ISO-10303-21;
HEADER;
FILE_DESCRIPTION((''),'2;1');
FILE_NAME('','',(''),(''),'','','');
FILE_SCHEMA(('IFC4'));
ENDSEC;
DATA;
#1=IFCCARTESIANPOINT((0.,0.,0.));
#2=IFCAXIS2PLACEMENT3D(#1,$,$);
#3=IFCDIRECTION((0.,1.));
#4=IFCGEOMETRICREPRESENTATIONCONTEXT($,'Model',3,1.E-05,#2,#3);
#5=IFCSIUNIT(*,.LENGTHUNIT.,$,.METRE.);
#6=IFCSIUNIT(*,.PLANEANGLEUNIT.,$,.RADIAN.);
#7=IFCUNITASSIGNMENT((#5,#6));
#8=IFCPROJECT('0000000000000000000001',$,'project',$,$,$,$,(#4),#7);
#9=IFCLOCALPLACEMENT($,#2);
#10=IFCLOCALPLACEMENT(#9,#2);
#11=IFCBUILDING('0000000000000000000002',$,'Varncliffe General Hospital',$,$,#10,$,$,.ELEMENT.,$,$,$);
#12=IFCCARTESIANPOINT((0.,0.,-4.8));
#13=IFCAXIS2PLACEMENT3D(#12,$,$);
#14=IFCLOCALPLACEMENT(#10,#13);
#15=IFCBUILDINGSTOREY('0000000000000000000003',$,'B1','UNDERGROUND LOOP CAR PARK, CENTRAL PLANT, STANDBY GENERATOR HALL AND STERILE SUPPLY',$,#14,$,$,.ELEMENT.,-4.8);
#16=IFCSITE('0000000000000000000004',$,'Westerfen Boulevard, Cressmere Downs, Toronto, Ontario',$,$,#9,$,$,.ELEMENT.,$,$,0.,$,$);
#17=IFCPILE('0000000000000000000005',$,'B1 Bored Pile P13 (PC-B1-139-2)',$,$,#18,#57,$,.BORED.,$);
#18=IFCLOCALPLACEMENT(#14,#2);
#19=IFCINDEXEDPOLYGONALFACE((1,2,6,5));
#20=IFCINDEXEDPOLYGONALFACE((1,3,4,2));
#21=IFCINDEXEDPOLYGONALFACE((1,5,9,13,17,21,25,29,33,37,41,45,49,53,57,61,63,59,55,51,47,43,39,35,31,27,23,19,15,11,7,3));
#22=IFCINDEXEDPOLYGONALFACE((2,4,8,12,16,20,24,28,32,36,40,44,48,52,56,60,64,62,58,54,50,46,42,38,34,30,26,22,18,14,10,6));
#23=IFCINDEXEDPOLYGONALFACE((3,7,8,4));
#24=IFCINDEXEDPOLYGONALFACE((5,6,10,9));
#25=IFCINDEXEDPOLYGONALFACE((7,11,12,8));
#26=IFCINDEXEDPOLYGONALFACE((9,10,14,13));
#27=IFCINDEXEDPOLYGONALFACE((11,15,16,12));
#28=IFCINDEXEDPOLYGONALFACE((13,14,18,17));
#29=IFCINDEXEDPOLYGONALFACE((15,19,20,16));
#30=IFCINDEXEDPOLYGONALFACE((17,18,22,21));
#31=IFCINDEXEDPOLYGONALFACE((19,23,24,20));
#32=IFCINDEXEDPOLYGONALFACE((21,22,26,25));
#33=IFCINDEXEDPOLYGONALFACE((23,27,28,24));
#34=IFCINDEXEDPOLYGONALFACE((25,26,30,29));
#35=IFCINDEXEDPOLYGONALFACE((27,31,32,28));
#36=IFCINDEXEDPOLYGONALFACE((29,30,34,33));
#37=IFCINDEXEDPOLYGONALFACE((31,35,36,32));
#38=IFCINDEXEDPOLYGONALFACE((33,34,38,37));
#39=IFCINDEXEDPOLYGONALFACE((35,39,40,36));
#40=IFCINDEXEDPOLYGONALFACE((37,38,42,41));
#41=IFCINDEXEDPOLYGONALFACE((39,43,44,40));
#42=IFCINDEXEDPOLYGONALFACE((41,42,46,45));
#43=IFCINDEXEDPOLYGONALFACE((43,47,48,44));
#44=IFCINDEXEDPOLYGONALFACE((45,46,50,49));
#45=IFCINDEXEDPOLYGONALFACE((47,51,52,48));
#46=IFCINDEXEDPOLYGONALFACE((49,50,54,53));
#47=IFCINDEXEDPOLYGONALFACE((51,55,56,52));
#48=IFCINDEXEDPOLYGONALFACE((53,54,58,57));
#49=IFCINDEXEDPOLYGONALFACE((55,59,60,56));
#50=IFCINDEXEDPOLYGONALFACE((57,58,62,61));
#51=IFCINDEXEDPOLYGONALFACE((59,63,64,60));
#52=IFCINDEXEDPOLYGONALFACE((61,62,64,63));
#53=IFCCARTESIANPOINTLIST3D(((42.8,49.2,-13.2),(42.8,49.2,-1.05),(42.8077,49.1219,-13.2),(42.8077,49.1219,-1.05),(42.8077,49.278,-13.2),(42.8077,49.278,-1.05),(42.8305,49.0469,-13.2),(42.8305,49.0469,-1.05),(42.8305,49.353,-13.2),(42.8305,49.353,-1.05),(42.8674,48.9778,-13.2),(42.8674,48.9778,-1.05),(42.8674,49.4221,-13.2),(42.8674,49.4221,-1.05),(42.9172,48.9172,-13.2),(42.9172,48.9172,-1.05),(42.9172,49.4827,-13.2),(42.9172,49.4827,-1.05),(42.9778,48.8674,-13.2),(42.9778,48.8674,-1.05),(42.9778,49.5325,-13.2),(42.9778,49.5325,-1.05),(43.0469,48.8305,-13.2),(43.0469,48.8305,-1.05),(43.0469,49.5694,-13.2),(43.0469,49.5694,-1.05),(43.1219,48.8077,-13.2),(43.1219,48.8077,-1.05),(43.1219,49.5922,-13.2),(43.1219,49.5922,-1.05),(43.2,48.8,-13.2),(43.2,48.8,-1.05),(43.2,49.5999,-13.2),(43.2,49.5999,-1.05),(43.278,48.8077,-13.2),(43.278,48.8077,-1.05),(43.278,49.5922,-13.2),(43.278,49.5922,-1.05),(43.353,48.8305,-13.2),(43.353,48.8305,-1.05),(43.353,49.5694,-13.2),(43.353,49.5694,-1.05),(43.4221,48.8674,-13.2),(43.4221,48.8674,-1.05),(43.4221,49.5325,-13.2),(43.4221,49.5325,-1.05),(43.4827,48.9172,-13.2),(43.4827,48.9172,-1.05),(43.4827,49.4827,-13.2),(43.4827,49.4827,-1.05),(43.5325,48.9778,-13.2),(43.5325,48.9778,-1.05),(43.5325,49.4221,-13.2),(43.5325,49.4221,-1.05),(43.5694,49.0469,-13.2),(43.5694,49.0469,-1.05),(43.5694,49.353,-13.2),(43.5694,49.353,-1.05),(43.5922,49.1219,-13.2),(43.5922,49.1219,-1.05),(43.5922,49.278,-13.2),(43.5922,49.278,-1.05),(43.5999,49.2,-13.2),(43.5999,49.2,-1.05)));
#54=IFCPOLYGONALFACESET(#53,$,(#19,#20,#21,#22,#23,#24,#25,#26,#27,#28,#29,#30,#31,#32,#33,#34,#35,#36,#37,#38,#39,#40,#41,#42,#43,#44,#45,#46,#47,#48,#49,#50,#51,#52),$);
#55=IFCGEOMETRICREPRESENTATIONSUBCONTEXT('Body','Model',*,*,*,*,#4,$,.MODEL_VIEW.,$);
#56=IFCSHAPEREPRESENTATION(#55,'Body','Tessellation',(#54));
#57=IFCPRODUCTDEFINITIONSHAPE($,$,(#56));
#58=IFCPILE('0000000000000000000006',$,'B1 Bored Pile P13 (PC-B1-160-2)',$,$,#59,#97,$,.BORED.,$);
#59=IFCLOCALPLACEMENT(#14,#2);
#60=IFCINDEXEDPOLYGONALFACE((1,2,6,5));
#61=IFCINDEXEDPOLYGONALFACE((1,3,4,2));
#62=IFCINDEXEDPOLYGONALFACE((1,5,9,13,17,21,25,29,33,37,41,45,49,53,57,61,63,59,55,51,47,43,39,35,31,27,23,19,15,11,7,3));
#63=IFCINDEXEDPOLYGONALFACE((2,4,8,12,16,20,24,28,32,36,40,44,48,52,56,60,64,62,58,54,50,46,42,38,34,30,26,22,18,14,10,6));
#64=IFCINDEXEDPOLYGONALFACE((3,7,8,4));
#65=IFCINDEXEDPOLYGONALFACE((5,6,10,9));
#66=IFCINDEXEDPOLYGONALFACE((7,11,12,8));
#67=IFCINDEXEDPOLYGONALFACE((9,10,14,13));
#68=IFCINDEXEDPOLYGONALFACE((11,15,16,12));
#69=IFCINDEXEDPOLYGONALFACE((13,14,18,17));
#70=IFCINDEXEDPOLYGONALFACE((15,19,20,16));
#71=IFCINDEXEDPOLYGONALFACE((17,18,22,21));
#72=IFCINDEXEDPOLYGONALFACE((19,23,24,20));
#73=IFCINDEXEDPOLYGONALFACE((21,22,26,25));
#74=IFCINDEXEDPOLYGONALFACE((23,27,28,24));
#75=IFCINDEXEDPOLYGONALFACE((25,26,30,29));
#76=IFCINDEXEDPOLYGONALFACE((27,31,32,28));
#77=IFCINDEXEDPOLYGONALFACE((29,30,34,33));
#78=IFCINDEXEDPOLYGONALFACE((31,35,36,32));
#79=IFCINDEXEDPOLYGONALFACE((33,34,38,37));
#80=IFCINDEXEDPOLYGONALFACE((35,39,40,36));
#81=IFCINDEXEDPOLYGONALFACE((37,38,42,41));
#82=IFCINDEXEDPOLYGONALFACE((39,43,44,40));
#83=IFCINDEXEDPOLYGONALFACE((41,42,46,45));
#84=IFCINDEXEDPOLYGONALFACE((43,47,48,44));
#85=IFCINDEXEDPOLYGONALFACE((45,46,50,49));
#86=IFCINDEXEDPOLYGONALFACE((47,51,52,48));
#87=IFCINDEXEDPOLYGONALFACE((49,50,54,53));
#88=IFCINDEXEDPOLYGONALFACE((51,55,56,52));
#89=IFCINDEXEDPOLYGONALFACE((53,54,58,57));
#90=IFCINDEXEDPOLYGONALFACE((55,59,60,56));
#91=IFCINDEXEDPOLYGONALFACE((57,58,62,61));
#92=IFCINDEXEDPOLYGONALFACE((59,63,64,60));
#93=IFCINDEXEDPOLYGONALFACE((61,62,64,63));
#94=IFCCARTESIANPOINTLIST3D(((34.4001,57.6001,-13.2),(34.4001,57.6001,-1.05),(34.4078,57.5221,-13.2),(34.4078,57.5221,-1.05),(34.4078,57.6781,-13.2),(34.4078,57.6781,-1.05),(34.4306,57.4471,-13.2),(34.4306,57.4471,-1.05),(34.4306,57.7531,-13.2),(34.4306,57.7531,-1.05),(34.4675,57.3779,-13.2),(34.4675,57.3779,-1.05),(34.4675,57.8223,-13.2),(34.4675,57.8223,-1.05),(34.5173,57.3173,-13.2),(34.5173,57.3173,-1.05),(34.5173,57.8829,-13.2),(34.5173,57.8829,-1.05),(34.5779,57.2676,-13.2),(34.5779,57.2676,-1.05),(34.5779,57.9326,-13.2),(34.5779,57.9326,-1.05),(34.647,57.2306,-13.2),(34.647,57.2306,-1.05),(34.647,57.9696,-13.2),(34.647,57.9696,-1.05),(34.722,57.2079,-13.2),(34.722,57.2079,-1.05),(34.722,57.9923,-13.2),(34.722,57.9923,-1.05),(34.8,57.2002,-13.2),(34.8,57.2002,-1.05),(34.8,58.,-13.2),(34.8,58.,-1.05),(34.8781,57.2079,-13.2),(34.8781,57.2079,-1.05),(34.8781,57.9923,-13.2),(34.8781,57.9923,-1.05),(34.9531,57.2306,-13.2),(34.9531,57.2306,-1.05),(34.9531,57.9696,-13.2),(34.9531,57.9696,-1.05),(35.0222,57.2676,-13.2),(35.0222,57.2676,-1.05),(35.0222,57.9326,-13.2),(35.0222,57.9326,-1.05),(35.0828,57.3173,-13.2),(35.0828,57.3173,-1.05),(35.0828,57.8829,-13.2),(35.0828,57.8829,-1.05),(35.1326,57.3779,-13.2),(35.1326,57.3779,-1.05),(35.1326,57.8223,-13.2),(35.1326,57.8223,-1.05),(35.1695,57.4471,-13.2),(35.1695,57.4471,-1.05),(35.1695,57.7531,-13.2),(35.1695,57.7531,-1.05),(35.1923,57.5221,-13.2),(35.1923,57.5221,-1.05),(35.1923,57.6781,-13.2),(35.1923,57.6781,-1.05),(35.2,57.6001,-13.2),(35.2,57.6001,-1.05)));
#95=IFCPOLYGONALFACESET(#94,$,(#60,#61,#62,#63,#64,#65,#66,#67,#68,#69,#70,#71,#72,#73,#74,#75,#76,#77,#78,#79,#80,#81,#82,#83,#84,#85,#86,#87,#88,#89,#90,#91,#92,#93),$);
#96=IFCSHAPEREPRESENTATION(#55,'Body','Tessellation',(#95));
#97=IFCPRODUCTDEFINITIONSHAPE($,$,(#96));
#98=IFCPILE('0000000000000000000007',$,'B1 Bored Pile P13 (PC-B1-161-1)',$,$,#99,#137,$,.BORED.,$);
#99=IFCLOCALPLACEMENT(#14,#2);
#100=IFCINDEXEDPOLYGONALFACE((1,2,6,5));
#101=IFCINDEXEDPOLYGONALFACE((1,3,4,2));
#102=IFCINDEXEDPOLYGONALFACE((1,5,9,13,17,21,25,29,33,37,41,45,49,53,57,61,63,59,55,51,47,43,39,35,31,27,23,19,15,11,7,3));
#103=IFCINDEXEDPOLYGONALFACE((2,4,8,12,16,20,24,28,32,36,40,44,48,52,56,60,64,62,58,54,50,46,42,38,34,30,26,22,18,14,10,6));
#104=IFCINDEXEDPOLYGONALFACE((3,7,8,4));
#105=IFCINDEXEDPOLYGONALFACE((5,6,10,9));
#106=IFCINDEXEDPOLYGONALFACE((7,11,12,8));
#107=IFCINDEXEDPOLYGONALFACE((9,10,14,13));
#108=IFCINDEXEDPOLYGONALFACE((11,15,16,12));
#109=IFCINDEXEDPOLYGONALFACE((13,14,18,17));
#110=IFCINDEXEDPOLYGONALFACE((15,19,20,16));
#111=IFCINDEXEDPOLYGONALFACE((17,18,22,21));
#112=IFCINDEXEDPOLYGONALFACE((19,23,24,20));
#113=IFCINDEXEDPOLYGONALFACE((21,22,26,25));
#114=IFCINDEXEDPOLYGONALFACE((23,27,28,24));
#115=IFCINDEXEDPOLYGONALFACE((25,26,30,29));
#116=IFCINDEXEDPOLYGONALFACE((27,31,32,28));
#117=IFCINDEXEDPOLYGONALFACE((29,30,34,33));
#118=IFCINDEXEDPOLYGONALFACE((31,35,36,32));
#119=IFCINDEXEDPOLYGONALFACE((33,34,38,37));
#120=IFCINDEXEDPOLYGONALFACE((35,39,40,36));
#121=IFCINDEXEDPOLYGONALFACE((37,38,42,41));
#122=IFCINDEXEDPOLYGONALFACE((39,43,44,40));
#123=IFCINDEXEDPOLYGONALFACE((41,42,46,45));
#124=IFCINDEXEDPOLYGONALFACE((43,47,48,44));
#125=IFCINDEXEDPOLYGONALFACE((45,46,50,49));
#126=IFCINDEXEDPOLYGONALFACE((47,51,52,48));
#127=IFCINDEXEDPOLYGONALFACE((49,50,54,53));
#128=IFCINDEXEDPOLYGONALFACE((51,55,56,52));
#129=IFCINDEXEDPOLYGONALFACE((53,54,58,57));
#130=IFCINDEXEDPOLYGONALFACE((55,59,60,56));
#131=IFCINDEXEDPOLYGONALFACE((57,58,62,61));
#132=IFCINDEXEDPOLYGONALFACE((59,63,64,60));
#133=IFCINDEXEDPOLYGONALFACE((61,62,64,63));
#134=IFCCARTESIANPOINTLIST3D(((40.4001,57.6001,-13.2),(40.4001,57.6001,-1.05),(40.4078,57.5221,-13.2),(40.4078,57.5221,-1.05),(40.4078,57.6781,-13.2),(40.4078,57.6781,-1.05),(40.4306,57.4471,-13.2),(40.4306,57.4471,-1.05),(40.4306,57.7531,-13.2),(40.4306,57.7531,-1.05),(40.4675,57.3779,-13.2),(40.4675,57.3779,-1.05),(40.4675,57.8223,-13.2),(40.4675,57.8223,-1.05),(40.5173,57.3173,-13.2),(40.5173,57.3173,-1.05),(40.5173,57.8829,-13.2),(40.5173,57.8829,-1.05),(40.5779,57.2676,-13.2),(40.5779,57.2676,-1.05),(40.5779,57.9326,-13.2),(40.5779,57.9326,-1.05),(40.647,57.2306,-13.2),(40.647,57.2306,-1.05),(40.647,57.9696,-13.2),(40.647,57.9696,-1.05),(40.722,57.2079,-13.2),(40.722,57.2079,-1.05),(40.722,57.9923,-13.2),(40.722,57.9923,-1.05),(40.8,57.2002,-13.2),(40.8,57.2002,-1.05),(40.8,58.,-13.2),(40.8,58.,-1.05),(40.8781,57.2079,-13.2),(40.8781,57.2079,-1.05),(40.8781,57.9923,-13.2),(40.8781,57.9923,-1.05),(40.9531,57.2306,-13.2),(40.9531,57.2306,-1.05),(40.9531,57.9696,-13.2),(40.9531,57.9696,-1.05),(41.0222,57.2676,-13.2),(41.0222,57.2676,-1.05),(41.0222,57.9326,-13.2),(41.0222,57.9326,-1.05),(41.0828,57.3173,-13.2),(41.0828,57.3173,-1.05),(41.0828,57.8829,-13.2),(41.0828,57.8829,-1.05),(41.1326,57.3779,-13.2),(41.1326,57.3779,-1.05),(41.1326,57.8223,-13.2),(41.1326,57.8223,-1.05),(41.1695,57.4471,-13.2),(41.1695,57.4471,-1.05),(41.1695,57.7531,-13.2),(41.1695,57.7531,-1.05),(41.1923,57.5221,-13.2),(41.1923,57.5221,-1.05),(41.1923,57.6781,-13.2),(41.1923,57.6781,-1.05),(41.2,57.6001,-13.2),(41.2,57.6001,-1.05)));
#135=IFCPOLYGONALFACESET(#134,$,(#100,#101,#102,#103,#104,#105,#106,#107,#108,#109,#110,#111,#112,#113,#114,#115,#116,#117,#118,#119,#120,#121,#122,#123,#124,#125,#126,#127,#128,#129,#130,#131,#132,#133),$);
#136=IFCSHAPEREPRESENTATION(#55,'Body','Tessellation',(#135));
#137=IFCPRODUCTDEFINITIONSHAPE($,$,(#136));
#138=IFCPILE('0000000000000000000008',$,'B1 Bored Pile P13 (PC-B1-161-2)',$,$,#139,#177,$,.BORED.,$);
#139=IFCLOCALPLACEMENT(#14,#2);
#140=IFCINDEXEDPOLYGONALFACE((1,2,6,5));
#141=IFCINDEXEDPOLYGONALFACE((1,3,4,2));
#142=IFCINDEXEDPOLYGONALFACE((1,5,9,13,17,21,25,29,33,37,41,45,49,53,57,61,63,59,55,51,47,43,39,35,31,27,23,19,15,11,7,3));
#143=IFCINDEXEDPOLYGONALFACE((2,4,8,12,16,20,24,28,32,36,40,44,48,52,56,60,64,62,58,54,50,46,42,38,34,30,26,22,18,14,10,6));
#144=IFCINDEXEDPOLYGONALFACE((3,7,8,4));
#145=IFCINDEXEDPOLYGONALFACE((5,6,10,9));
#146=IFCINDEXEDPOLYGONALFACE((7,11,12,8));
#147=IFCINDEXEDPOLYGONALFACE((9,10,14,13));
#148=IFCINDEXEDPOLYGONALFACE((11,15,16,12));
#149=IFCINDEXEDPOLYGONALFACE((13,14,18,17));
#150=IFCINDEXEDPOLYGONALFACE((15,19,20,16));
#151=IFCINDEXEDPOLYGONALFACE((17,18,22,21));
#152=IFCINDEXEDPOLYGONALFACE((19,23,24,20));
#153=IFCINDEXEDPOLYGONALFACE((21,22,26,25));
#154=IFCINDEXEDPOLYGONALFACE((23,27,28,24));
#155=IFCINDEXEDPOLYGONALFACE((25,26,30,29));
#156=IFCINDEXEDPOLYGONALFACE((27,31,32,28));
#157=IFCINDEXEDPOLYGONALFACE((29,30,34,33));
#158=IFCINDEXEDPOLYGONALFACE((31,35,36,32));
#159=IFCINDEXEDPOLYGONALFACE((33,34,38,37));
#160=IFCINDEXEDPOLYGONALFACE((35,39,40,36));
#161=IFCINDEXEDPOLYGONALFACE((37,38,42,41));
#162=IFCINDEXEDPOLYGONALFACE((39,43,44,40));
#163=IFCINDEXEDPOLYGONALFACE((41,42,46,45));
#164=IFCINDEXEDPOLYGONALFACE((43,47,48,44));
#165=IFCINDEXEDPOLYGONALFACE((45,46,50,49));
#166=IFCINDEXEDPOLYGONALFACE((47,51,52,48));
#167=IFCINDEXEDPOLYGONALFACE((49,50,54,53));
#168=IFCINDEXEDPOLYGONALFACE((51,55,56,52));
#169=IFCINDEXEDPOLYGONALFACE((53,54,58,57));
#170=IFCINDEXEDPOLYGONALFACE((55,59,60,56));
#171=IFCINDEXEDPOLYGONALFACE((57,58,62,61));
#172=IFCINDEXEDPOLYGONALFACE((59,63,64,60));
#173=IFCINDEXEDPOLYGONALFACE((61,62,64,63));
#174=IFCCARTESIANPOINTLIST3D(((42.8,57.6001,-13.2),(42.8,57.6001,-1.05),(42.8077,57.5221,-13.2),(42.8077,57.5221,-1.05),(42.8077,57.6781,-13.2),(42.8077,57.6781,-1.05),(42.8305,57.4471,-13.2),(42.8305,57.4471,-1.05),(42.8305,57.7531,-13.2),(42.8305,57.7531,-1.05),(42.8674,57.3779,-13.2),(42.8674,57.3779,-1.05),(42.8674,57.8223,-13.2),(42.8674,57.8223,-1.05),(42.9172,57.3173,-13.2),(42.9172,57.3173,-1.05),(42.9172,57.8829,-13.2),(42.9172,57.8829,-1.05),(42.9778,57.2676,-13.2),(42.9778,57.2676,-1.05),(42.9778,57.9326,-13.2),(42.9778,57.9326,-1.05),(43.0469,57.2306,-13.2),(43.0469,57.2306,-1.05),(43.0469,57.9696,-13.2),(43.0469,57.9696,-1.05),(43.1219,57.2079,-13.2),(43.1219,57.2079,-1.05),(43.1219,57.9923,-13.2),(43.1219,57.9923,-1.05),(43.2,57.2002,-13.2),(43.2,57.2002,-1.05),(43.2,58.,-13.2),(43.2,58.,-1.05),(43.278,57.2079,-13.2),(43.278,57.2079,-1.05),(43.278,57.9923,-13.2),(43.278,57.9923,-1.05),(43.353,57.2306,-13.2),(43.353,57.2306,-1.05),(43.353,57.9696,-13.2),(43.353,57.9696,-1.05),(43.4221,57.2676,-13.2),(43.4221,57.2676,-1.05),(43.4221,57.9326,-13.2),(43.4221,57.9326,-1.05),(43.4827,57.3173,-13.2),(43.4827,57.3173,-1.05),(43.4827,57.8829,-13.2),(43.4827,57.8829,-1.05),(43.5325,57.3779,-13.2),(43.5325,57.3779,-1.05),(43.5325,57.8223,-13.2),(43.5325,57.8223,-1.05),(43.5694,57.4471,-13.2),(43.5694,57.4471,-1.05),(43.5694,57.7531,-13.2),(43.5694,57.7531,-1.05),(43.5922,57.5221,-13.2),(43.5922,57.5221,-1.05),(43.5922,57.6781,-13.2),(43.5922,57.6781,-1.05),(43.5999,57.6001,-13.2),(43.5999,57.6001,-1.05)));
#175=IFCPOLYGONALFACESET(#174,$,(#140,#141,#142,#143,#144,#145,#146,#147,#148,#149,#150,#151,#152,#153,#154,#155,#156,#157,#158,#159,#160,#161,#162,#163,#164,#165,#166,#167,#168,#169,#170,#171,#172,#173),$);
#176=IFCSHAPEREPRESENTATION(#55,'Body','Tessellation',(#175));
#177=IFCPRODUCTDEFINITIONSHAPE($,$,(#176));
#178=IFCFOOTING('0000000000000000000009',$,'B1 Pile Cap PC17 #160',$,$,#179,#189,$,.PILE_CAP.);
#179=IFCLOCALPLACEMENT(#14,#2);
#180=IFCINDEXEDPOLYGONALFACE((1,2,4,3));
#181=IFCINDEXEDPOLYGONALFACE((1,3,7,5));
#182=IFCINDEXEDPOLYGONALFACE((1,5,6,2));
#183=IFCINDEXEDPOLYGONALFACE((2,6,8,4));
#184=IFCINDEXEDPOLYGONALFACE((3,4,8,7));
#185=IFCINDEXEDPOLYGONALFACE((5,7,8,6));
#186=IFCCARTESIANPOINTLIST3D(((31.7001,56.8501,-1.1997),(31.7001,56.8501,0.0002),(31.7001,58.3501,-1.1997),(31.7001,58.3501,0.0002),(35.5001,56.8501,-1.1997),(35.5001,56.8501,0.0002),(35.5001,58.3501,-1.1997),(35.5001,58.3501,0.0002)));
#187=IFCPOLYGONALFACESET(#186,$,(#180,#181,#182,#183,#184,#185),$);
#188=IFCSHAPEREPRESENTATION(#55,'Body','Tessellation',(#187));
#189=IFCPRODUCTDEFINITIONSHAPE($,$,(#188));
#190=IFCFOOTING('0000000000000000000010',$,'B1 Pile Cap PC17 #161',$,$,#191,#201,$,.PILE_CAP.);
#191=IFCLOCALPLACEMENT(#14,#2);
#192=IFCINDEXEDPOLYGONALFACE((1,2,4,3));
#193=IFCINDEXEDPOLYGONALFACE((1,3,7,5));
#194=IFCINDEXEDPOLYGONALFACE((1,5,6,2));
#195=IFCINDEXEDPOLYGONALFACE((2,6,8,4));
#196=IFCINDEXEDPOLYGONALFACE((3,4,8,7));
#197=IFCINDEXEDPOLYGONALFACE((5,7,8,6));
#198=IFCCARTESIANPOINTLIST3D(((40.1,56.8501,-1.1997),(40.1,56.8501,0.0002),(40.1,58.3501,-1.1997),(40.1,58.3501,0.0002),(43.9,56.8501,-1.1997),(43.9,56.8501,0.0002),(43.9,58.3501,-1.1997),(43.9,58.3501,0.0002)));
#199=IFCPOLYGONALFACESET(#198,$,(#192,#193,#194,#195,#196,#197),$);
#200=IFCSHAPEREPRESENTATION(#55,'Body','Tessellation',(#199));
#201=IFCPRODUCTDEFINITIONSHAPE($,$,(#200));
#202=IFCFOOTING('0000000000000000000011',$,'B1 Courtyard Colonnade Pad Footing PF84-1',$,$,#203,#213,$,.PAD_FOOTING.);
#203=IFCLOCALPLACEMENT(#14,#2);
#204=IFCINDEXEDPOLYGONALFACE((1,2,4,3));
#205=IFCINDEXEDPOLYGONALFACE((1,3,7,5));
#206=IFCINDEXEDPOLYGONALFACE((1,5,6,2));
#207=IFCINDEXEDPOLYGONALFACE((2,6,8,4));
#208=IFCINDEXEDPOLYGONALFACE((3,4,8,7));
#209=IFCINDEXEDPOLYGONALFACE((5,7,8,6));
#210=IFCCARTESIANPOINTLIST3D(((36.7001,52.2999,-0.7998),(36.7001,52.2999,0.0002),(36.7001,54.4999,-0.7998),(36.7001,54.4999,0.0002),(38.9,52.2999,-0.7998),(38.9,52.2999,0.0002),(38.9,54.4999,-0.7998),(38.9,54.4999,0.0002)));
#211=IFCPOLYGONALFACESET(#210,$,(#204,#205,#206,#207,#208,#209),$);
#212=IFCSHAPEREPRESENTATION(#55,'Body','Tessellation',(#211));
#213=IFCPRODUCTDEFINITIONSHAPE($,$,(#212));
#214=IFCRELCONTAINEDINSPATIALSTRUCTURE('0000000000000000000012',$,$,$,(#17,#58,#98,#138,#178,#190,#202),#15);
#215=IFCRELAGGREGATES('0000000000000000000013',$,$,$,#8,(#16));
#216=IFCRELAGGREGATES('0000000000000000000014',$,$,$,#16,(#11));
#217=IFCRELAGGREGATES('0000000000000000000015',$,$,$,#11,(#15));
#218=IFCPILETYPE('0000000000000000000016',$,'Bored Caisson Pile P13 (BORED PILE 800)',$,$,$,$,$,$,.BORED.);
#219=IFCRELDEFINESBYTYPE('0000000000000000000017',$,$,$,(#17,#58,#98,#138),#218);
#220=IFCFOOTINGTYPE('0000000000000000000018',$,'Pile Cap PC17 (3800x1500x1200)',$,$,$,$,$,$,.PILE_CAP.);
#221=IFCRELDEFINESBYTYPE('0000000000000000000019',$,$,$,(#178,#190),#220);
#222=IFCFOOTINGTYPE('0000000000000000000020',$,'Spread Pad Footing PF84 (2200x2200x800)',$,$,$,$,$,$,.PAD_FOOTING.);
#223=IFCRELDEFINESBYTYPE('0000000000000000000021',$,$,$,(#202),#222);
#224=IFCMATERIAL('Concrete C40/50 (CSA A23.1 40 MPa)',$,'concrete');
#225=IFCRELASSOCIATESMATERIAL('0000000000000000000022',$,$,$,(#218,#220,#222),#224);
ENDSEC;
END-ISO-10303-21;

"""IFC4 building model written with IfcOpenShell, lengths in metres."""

from ifc_helpers import new_model, si_unit, direction, frame, origin, origin_2d, place, context, subcontext, project, spatial, rectangle, circle, extrude, material, material_profile, profile_set, type_object, element, save


model = new_model("IFC4")

# Units and contexts
model_context = context("Model", 3, precision=1e-05, world=origin(), true_north=direction((0.0, 1.0)))
body_context = subcontext(model_context, "Body", "Model", "MODEL_VIEW")
ifc_project = project(units=[si_unit("LENGTHUNIT", "METRE"), si_unit("PLANEANGLEUNIT", "RADIAN")], contexts=[model_context])

# Site, building, storey
site_placement = place(None, origin())
site = spatial("IfcSite", under=ifc_project, at=site_placement, Name="Westerfen Boulevard, Cressmere Downs, Toronto, Ontario", CompositionType="ELEMENT", RefElevation=0.0)
building_placement = place(site_placement, origin())
building = spatial("IfcBuilding", under=site, at=building_placement, Name="Varncliffe General Hospital", CompositionType="ELEMENT")
storey_placement = place(building_placement, frame((0.0, 0.0, -4.8)))
storey = spatial("IfcBuildingStorey", under=building, at=storey_placement, Name="B1", Description="UNDERGROUND LOOP CAR PARK, CENTRAL PLANT, STANDBY GENERATOR HALL AND STERILE SUPPLY", CompositionType="ELEMENT", Elevation=-4.8)

# Piles
ifc_material_1 = material(Name="Concrete C40/50 (CSA A23.1 40 MPa)", Category="concrete")
ifc_material_profile_1 = material_profile(ifc_material_1, circle(Radius=0.3999, at=origin_2d()), Name="BORED PILE 800")
ifc_profile_set_1 = profile_set([ifc_material_profile_1], Name="Concrete C40/50 (CSA A23.1 40 MPa)")
pile_type = type_object("IfcPileType", Name="Bored Caisson Pile P13 (BORED PILE 800)", PredefinedType="BORED", material=ifc_profile_set_1)
for number, where, z_axis, x_axis, name in (
    (1, (43.2, 49.2, -1.05), (0.0, 0.0, -1.0), (1.0, 0.0, 0.0), "B1 Bored Pile P13 (PC-B1-139-2)"),
    (2, (34.8, 57.6001, -1.05), (0.0, 0.0, -1.0), (1.0, 0.0, 0.0), "B1 Bored Pile P13 (PC-B1-160-2)"),
    (3, (40.8, 57.6001, -1.05), (0.0, 0.0, -1.0), (1.0, 0.0, 0.0), "B1 Bored Pile P13 (PC-B1-161-1)"),
    (4, (43.2, 57.6001, -1.05), (0.0, 0.0, -1.0), (1.0, 0.0, 0.0), "B1 Bored Pile P13 (PC-B1-161-2)"),
):
    element("IfcPile", number, at=place(storey_placement, frame(where, z_axis=z_axis, x_axis=x_axis)), inside=storey, type_object=pile_type, Name=name, PredefinedType="BORED", context=body_context, shape_type="SweptSolid", body=[
        extrude(circle(Radius=0.3999, at=origin_2d()), origin(), (0.0, 0.0, 1.0), 12.1499),
    ])

# Footings
footing_type_1 = type_object("IfcFootingType", Name="Pile Cap PC17 (3800x1500x1200)", PredefinedType="PILE_CAP", material=ifc_material_1)
for number, where, z_axis, x_axis, name in (
    (5, (33.6001, 57.6001, -1.1997), (0.0, 0.0, 1.0), (1.0, 0.0, 0.0), "B1 Pile Cap PC17 #160"),
    (6, (42.0, 57.6001, -1.1997), (0.0, 0.0, 1.0), (1.0, 0.0, 0.0), "B1 Pile Cap PC17 #161"),
):
    element("IfcFooting", number, at=place(storey_placement, frame(where, z_axis=z_axis, x_axis=x_axis)), inside=storey, type_object=footing_type_1, Name=name, PredefinedType="PILE_CAP", context=body_context, shape_type="SweptSolid", body=[
        extrude(rectangle(XDim=3.8, YDim=1.5, at=origin_2d()), origin(), (0.0, 0.0, 1.0), 1.2),
    ])
footing_type_2 = type_object("IfcFootingType", Name="Spread Pad Footing PF84 (2200x2200x800)", PredefinedType="PAD_FOOTING", material=ifc_material_1)
for number, where, z_axis, x_axis, name in (
    (7, (37.8, 53.3999, -0.7998), (0.0, 0.0, 1.0), (1.0, 0.0, 0.0), "B1 Courtyard Colonnade Pad Footing PF84-1"),
):
    element("IfcFooting", number, at=place(storey_placement, frame(where, z_axis=z_axis, x_axis=x_axis)), inside=storey, type_object=footing_type_2, Name=name, PredefinedType="PAD_FOOTING", context=body_context, shape_type="SweptSolid", body=[
        extrude(rectangle(XDim=2.2, YDim=2.2, at=origin_2d()), origin(), (0.0, 0.0, 1.0), 0.8),
    ])

save(model, "model.ifc")
